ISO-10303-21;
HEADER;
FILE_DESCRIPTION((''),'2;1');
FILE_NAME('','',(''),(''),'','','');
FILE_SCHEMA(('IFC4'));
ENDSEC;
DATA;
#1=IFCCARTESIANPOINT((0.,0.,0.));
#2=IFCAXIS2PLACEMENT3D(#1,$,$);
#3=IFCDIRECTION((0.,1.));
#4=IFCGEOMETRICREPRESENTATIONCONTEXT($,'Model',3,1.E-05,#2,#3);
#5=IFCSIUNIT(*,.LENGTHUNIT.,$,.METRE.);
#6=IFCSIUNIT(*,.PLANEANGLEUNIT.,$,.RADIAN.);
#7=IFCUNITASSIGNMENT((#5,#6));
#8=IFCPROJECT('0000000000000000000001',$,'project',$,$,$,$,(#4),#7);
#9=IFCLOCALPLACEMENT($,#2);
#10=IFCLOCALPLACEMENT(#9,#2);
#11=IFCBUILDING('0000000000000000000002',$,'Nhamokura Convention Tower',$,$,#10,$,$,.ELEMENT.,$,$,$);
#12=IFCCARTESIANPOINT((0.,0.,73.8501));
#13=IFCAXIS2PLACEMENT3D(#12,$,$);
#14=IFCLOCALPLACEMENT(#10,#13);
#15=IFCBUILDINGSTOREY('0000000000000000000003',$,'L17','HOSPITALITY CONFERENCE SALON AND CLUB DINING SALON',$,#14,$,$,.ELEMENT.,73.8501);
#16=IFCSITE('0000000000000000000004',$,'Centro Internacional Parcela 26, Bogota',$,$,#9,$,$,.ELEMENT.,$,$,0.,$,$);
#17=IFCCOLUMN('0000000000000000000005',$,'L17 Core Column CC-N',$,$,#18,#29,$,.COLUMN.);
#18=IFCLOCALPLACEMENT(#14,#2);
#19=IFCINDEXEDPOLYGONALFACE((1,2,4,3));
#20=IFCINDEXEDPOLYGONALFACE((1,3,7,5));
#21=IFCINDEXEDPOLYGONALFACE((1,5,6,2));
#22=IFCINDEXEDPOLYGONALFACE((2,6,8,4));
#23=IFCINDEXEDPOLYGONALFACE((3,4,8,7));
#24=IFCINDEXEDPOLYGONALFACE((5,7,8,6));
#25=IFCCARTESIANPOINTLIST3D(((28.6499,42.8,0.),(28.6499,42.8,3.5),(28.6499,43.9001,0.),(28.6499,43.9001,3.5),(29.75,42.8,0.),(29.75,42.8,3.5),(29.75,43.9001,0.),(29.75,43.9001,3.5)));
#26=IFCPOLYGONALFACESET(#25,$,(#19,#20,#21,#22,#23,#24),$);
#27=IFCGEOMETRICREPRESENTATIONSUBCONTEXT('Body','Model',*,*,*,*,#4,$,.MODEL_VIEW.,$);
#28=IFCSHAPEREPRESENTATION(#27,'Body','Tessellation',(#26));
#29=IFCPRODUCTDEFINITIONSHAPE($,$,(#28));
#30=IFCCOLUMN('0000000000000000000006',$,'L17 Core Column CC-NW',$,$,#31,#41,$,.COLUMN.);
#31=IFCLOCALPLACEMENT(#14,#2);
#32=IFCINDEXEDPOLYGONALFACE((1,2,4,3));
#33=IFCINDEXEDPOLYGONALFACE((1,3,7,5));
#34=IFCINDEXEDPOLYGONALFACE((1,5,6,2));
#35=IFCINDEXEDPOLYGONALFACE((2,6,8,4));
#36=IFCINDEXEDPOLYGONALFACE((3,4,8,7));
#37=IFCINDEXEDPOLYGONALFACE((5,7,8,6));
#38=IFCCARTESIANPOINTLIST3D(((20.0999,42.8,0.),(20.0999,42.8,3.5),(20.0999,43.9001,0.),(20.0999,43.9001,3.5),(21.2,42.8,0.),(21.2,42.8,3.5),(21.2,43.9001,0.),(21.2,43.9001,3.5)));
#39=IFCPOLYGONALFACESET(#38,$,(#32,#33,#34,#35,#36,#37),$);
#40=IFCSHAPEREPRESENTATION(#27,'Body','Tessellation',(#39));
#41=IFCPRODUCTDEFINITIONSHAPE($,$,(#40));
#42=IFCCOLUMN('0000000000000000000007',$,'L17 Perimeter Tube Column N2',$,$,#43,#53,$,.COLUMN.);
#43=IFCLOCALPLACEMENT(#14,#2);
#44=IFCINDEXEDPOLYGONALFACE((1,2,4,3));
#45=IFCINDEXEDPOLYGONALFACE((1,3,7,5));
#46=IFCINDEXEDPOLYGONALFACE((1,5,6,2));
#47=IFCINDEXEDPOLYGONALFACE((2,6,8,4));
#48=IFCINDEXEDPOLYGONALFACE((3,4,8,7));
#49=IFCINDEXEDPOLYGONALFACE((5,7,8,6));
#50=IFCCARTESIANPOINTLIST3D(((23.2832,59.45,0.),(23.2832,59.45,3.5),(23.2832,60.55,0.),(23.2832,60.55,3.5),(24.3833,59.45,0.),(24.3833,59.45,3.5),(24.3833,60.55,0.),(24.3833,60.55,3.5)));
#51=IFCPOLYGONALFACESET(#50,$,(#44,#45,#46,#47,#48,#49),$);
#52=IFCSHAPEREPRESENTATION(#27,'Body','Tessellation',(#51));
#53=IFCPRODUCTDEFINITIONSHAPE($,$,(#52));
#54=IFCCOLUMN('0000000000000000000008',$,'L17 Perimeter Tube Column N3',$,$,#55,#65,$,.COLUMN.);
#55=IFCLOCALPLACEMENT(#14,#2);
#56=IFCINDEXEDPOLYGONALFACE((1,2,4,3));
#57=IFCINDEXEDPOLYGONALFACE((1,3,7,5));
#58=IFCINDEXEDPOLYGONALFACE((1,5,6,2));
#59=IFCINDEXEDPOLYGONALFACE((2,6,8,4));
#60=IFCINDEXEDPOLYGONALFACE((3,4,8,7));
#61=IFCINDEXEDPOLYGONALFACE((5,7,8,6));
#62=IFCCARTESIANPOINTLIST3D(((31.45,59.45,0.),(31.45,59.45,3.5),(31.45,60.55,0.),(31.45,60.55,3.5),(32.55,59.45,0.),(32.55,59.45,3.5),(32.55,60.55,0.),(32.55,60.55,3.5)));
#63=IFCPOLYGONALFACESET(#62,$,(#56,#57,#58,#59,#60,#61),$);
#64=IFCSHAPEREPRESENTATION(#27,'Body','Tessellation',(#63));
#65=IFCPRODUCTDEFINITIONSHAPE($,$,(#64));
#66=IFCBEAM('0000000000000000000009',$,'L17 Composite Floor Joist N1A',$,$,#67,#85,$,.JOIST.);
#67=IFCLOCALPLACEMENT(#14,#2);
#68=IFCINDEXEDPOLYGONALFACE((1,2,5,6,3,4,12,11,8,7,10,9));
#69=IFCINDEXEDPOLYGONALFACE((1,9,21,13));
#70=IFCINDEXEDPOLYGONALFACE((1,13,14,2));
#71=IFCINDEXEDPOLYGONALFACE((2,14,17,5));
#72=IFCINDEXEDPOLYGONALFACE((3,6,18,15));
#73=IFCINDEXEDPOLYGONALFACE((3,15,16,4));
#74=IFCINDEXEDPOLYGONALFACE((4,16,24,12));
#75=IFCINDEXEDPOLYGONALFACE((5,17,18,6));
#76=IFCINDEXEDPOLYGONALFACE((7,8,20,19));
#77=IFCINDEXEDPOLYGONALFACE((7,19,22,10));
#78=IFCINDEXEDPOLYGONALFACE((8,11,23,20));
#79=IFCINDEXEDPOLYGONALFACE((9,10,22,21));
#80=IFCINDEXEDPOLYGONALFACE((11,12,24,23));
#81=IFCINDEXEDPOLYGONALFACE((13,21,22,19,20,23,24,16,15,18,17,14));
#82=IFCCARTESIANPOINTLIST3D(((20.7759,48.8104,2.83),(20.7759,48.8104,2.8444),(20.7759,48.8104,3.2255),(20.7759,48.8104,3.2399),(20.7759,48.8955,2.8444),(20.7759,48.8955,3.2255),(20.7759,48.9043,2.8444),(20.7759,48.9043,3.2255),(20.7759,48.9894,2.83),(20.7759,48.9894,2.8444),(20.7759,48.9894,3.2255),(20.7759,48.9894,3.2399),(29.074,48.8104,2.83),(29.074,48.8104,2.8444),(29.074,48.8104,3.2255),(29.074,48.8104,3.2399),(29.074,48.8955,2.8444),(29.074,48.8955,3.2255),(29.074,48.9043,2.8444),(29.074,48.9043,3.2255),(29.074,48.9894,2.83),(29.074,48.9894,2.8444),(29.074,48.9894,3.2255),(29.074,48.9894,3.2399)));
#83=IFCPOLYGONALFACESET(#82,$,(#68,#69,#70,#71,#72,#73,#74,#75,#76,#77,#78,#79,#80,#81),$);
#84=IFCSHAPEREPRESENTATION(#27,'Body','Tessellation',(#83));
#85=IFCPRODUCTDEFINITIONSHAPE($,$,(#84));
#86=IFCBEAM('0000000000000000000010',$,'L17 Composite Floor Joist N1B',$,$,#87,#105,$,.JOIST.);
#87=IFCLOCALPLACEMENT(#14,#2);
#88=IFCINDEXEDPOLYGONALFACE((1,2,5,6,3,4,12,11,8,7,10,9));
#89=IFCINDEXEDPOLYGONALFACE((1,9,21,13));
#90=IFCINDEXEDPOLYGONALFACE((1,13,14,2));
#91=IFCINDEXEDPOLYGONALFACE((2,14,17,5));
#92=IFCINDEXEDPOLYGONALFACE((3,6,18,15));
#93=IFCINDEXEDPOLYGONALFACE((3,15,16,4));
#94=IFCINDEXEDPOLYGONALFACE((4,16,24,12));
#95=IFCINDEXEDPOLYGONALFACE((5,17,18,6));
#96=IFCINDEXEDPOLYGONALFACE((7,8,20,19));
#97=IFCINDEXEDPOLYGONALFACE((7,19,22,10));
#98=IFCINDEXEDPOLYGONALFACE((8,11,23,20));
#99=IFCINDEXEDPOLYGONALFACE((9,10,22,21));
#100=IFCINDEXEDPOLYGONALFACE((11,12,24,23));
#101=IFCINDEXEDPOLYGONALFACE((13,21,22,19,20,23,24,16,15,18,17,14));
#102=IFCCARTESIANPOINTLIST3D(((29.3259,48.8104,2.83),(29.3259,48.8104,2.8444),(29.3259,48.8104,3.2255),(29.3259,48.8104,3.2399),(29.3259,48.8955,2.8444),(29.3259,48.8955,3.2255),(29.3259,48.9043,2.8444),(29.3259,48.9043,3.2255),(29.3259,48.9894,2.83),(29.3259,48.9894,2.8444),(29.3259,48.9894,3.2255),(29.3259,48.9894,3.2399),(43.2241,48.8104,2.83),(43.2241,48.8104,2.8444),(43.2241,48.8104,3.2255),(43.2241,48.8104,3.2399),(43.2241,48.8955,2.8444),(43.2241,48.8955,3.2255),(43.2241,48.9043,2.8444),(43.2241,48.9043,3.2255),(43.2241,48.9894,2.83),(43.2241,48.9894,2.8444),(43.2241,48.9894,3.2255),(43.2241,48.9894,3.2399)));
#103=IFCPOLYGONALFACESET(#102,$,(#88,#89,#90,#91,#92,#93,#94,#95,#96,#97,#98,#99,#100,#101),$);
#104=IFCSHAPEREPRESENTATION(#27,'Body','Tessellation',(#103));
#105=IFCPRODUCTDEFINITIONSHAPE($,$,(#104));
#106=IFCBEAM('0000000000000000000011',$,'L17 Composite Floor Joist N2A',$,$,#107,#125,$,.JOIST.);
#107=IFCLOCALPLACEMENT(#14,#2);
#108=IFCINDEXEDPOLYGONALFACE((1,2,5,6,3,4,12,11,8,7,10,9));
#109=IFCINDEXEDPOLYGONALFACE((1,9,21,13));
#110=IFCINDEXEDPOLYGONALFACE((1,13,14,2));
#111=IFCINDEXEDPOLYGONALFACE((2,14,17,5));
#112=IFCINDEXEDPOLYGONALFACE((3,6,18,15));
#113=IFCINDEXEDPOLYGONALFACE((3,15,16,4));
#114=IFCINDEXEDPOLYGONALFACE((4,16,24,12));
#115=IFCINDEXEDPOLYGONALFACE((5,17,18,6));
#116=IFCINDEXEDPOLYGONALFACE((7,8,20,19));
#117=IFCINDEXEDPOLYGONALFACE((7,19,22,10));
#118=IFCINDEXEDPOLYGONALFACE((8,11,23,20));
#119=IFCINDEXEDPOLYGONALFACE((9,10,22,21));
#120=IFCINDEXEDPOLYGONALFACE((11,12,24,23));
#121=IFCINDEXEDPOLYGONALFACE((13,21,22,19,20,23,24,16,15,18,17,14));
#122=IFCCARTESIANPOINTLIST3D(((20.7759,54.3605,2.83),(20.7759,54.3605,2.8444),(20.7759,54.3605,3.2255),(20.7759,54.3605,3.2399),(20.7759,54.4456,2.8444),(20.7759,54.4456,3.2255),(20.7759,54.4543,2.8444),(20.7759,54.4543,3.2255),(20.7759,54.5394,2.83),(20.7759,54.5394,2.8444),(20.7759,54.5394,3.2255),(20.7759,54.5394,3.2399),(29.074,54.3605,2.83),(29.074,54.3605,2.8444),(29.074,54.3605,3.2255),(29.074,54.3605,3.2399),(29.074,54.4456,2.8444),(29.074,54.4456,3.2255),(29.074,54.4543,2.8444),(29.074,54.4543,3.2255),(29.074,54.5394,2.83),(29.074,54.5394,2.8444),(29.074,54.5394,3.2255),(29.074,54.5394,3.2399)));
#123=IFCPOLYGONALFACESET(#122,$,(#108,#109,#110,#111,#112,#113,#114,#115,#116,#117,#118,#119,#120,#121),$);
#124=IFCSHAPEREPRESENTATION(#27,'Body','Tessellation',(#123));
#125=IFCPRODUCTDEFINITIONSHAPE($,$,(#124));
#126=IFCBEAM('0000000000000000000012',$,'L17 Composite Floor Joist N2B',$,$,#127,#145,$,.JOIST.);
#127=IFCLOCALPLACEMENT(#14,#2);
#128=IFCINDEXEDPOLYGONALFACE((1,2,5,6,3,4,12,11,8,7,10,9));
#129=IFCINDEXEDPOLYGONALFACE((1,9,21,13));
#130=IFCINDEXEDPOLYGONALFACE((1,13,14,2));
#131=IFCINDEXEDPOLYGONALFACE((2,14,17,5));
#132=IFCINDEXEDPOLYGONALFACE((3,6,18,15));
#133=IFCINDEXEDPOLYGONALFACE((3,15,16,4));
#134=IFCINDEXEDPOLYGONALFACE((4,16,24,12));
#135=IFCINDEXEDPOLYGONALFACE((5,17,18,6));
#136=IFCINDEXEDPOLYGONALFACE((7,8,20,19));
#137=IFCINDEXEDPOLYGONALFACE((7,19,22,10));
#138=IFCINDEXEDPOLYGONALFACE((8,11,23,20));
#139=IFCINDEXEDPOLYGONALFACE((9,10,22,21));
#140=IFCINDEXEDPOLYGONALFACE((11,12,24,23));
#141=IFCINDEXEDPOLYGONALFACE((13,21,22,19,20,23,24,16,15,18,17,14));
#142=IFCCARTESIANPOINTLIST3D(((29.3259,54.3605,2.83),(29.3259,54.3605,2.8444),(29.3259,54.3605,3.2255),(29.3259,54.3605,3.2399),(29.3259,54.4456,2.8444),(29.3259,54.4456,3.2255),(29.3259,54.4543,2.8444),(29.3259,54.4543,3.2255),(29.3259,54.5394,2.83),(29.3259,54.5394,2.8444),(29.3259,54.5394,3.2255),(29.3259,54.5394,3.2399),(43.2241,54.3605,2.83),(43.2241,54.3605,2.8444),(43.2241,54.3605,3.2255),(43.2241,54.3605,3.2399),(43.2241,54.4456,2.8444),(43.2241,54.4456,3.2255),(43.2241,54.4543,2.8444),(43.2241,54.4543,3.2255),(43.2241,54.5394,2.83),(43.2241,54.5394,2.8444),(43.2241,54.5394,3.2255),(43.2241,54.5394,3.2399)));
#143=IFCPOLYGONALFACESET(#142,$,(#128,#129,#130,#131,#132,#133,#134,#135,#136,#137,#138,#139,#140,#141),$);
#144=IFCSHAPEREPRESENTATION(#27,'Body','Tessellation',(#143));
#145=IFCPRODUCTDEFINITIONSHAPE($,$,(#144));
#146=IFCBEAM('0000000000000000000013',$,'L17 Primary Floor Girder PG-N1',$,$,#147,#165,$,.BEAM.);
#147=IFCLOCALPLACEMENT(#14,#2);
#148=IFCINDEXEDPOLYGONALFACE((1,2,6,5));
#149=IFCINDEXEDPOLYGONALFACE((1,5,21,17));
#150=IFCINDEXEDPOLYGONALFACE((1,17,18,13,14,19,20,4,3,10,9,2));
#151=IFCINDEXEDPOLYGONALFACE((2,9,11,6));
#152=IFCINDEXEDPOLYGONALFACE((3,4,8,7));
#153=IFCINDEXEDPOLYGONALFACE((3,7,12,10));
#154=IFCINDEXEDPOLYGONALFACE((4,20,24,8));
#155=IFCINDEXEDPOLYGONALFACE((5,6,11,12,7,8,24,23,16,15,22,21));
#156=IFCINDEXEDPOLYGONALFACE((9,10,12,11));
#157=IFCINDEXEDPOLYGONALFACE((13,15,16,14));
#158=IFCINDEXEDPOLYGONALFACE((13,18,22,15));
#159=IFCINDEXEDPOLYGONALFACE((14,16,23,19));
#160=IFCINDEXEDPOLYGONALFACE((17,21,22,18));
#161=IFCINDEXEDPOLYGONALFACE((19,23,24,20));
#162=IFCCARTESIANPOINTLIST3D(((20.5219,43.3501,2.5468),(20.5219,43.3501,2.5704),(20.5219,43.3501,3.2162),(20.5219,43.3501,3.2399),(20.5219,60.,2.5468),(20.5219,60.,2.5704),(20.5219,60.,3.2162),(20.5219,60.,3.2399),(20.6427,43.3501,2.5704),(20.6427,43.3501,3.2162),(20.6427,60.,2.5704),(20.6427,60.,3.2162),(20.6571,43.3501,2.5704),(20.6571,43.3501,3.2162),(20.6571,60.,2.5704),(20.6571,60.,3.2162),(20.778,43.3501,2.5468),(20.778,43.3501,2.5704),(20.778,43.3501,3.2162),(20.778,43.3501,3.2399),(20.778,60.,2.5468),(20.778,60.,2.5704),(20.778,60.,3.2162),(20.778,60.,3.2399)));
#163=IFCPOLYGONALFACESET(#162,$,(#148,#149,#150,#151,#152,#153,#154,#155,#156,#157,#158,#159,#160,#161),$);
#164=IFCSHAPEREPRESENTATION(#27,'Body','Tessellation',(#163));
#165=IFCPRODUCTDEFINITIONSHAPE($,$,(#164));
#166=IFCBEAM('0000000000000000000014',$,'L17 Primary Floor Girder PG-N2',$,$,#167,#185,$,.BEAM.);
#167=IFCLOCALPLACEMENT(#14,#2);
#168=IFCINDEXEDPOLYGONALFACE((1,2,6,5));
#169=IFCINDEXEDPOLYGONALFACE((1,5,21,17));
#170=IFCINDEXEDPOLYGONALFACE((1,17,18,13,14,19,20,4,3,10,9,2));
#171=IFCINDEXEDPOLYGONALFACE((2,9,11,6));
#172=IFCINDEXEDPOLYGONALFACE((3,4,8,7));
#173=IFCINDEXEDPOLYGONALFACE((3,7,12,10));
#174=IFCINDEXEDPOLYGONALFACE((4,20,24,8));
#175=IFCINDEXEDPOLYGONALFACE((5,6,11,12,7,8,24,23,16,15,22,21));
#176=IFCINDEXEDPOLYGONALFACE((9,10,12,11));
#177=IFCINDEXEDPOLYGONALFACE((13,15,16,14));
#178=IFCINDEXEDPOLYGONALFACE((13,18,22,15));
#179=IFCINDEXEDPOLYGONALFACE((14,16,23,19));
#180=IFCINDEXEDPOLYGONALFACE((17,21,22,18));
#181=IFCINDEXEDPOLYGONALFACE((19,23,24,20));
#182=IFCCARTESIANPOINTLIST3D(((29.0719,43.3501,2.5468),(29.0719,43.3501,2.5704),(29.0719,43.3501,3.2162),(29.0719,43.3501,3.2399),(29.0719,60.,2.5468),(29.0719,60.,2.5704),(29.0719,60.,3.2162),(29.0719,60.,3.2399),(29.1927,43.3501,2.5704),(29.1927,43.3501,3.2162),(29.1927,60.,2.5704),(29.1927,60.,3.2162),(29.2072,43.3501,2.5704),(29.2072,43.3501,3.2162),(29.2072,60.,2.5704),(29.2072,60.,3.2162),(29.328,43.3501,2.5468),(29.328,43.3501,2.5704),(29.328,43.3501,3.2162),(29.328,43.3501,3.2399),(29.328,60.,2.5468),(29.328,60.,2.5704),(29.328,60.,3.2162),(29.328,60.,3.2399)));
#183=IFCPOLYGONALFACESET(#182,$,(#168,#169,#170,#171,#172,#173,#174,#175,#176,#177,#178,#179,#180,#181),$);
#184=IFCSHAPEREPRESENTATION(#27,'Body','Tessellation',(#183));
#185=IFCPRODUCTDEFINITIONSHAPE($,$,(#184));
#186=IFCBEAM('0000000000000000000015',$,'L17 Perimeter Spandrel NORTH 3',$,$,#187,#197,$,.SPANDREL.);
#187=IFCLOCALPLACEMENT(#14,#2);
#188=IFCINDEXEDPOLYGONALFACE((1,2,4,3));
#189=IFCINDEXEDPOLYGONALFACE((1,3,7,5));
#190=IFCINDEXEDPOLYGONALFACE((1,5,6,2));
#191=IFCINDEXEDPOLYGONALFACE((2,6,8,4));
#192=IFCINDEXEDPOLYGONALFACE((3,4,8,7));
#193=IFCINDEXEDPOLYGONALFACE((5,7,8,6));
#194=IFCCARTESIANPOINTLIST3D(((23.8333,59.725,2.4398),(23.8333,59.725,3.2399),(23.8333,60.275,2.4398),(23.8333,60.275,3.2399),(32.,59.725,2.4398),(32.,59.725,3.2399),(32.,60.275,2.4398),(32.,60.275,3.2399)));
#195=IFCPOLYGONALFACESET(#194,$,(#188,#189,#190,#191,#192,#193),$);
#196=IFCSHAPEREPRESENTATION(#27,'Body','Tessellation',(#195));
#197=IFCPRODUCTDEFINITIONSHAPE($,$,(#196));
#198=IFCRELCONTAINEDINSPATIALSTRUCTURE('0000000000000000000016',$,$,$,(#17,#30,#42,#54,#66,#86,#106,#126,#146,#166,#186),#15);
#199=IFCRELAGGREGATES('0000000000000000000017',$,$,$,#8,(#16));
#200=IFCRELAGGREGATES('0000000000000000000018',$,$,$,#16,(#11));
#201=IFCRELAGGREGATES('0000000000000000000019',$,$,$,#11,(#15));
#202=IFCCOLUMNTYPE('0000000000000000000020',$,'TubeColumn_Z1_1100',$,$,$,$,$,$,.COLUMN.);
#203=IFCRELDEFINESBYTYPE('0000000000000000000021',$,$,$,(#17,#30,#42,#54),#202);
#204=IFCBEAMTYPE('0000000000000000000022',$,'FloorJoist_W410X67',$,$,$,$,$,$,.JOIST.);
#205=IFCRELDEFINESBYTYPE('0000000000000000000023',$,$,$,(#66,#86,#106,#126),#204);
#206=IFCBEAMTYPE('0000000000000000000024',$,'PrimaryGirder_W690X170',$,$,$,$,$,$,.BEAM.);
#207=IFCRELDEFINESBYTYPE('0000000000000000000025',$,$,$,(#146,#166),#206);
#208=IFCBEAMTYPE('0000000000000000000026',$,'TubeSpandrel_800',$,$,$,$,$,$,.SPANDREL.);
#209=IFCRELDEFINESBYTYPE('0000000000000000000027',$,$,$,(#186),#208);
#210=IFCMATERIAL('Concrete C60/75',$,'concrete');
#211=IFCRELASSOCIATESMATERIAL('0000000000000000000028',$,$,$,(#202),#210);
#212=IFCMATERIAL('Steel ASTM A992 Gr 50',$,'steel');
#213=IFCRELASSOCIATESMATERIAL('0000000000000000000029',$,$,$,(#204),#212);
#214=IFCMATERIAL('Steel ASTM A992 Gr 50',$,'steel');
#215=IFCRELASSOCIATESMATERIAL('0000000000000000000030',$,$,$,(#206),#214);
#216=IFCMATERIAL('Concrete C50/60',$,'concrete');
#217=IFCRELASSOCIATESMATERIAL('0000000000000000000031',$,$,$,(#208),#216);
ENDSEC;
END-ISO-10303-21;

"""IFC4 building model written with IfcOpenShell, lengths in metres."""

from ifc_helpers import new_model, si_unit, direction, frame, origin, origin_2d, place, context, subcontext, project, spatial, rectangle, i_section, extrude, material, material_profile, profile_set, type_object, element, save


model = new_model("IFC4")

# Units and contexts
model_context = context("Model", 3, precision=1e-05, world=origin(), true_north=direction((0.0, 1.0)))
body_context = subcontext(model_context, "Body", "Model", "MODEL_VIEW")
ifc_project = project(units=[si_unit("LENGTHUNIT", "METRE"), si_unit("PLANEANGLEUNIT", "RADIAN")], contexts=[model_context])

# Site, building, storey
site_placement = place(None, origin())
site = spatial("IfcSite", under=ifc_project, at=site_placement, Name="Centro Internacional Parcela 26, Bogota", CompositionType="ELEMENT", RefElevation=0.0)
building_placement = place(site_placement, origin())
building = spatial("IfcBuilding", under=site, at=building_placement, Name="Nhamokura Convention Tower", CompositionType="ELEMENT")
storey_placement = place(building_placement, frame((0.0, 0.0, 73.8501)))
storey = spatial("IfcBuildingStorey", under=building, at=storey_placement, Name="L17", Description="HOSPITALITY CONFERENCE SALON AND CLUB DINING SALON", CompositionType="ELEMENT", Elevation=73.8501)

# Columns
ifc_material_1 = material(Name="Concrete C60/75", Category="concrete")
ifc_material_profile_1 = material_profile(ifc_material_1, rectangle(XDim=1.1001, YDim=1.1001, at=origin_2d()))
ifc_profile_set_1 = profile_set([ifc_material_profile_1], Name="Concrete C60/75")
column_type = type_object("IfcColumnType", Name="TubeColumn_Z1_1100", PredefinedType="COLUMN", material=ifc_profile_set_1)
for number, where, z_axis, x_axis, name in (
    (1, (29.2, 43.3501, 0.0), (0.0, 0.0, 1.0), (1.0, 0.0, 0.0), "L17 Core Column CC-N"),
    (2, (20.6499, 43.3501, 0.0), (0.0, 0.0, 1.0), (1.0, 0.0, 0.0), "L17 Core Column CC-NW"),
    (3, (23.8333, 60.0, 0.0), (0.0, 0.0, 1.0), (1.0, 0.0, 0.0), "L17 Perimeter Tube Column N2"),
    (4, (32.0, 60.0, 0.0), (0.0, 0.0, 1.0), (1.0, 0.0, 0.0), "L17 Perimeter Tube Column N3"),
):
    element("IfcColumn", number, at=place(storey_placement, frame(where, z_axis=z_axis, x_axis=x_axis)), inside=storey, type_object=column_type, Name=name, PredefinedType="COLUMN", context=body_context, shape_type="SweptSolid", body=[
        extrude(rectangle(XDim=1.1001, YDim=1.1001, at=origin_2d()), origin(), (0.0, 0.0, 1.0), 3.5),
    ])

# Beams
ifc_material_2 = material(Name="Steel ASTM A992 Gr 50", Category="steel")
ifc_material_profile_2 = material_profile(ifc_material_2, i_section(OverallWidth=0.179, OverallDepth=0.4099, WebThickness=0.0088, FlangeThickness=0.0144, at=origin_2d()))
ifc_profile_set_2 = profile_set([ifc_material_profile_2], Name="Steel ASTM A992 Gr 50")
beam_type_1 = type_object("IfcBeamType", Name="FloorJoist_W410X67", PredefinedType="JOIST", material=ifc_profile_set_2)
beam_1_placement = place(storey_placement, frame((20.7759, 48.8999, 3.0349), z_axis=(1.0, 0.0, 0.0), x_axis=(0.0, 1.0, 0.0)))
element("IfcBeam", 5, at=beam_1_placement, inside=storey, type_object=beam_type_1, Name="L17 Composite Floor Joist N1A", PredefinedType="JOIST", context=body_context, shape_type="SweptSolid", body=[
    extrude(i_section(OverallWidth=0.179, OverallDepth=0.4099, WebThickness=0.0088, FlangeThickness=0.0144, at=origin_2d()), origin(), (0.0, 0.0, 1.0), 8.2981),
])
beam_2_placement = place(storey_placement, frame((29.3259, 48.8999, 3.0349), z_axis=(1.0, 0.0, 0.0), x_axis=(0.0, 1.0, 0.0)))
element("IfcBeam", 6, at=beam_2_placement, inside=storey, type_object=beam_type_1, Name="L17 Composite Floor Joist N1B", PredefinedType="JOIST", context=body_context, shape_type="SweptSolid", body=[
    extrude(i_section(OverallWidth=0.179, OverallDepth=0.4099, WebThickness=0.0088, FlangeThickness=0.0144, at=origin_2d()), origin(), (0.0, 0.0, 1.0), 13.8982),
])
beam_3_placement = place(storey_placement, frame((20.7759, 54.45, 3.0349), z_axis=(1.0, 0.0, 0.0), x_axis=(0.0, 1.0, 0.0)))
element("IfcBeam", 7, at=beam_3_placement, inside=storey, type_object=beam_type_1, Name="L17 Composite Floor Joist N2A", PredefinedType="JOIST", context=body_context, shape_type="SweptSolid", body=[
    extrude(i_section(OverallWidth=0.179, OverallDepth=0.4099, WebThickness=0.0088, FlangeThickness=0.0144, at=origin_2d()), origin(), (0.0, 0.0, 1.0), 8.2981),
])
beam_4_placement = place(storey_placement, frame((29.3259, 54.45, 3.0349), z_axis=(1.0, 0.0, 0.0), x_axis=(0.0, 1.0, 0.0)))
element("IfcBeam", 8, at=beam_4_placement, inside=storey, type_object=beam_type_1, Name="L17 Composite Floor Joist N2B", PredefinedType="JOIST", context=body_context, shape_type="SweptSolid", body=[
    extrude(i_section(OverallWidth=0.179, OverallDepth=0.4099, WebThickness=0.0088, FlangeThickness=0.0144, at=origin_2d()), origin(), (0.0, 0.0, 1.0), 13.8982),
])
ifc_material_3 = material(Name="Steel ASTM A992 Gr 50", Category="steel")
ifc_material_profile_3 = material_profile(ifc_material_3, i_section(OverallWidth=0.2561, OverallDepth=0.6931, WebThickness=0.0144, FlangeThickness=0.0237, at=origin_2d()))
ifc_profile_set_3 = profile_set([ifc_material_profile_3], Name="Steel ASTM A992 Gr 50")
beam_type_2 = type_object("IfcBeamType", Name="PrimaryGirder_W690X170", PredefinedType="BEAM", material=ifc_profile_set_3)
for number, where, z_axis, x_axis, name in (
    (9, (20.6499, 43.3501, 2.8933), (0.0, 1.0, 0.0), (-1.0, 0.0, 0.0), "L17 Primary Floor Girder PG-N1"),
    (10, (29.2, 43.3501, 2.8933), (0.0, 1.0, 0.0), (-1.0, 0.0, 0.0), "L17 Primary Floor Girder PG-N2"),
):
    element("IfcBeam", number, at=place(storey_placement, frame(where, z_axis=z_axis, x_axis=x_axis)), inside=storey, type_object=beam_type_2, Name=name, PredefinedType="BEAM", context=body_context, shape_type="SweptSolid", body=[
        extrude(i_section(OverallWidth=0.2561, OverallDepth=0.6931, WebThickness=0.0144, FlangeThickness=0.0237, at=origin_2d()), origin(), (0.0, 0.0, 1.0), 16.6499),
    ])
ifc_material_4 = material(Name="Concrete C50/60", Category="concrete")
ifc_material_profile_4 = material_profile(ifc_material_4, rectangle(XDim=0.55, YDim=0.8, at=origin_2d()))
ifc_profile_set_4 = profile_set([ifc_material_profile_4], Name="Concrete C50/60")
beam_type_3 = type_object("IfcBeamType", Name="TubeSpandrel_800", PredefinedType="SPANDREL", material=ifc_profile_set_4)
beam_5_placement = place(storey_placement, frame((23.8333, 60.0, 2.8398), z_axis=(1.0, 0.0, 0.0), x_axis=(0.0, 1.0, 0.0)))
element("IfcBeam", 11, at=beam_5_placement, inside=storey, type_object=beam_type_3, Name="L17 Perimeter Spandrel NORTH 3", PredefinedType="SPANDREL", context=body_context, shape_type="SweptSolid", body=[
    extrude(rectangle(XDim=0.55, YDim=0.8, at=origin_2d()), origin(), (0.0, 0.0, 1.0), 8.1667),
])

save(model, "model.ifc")
